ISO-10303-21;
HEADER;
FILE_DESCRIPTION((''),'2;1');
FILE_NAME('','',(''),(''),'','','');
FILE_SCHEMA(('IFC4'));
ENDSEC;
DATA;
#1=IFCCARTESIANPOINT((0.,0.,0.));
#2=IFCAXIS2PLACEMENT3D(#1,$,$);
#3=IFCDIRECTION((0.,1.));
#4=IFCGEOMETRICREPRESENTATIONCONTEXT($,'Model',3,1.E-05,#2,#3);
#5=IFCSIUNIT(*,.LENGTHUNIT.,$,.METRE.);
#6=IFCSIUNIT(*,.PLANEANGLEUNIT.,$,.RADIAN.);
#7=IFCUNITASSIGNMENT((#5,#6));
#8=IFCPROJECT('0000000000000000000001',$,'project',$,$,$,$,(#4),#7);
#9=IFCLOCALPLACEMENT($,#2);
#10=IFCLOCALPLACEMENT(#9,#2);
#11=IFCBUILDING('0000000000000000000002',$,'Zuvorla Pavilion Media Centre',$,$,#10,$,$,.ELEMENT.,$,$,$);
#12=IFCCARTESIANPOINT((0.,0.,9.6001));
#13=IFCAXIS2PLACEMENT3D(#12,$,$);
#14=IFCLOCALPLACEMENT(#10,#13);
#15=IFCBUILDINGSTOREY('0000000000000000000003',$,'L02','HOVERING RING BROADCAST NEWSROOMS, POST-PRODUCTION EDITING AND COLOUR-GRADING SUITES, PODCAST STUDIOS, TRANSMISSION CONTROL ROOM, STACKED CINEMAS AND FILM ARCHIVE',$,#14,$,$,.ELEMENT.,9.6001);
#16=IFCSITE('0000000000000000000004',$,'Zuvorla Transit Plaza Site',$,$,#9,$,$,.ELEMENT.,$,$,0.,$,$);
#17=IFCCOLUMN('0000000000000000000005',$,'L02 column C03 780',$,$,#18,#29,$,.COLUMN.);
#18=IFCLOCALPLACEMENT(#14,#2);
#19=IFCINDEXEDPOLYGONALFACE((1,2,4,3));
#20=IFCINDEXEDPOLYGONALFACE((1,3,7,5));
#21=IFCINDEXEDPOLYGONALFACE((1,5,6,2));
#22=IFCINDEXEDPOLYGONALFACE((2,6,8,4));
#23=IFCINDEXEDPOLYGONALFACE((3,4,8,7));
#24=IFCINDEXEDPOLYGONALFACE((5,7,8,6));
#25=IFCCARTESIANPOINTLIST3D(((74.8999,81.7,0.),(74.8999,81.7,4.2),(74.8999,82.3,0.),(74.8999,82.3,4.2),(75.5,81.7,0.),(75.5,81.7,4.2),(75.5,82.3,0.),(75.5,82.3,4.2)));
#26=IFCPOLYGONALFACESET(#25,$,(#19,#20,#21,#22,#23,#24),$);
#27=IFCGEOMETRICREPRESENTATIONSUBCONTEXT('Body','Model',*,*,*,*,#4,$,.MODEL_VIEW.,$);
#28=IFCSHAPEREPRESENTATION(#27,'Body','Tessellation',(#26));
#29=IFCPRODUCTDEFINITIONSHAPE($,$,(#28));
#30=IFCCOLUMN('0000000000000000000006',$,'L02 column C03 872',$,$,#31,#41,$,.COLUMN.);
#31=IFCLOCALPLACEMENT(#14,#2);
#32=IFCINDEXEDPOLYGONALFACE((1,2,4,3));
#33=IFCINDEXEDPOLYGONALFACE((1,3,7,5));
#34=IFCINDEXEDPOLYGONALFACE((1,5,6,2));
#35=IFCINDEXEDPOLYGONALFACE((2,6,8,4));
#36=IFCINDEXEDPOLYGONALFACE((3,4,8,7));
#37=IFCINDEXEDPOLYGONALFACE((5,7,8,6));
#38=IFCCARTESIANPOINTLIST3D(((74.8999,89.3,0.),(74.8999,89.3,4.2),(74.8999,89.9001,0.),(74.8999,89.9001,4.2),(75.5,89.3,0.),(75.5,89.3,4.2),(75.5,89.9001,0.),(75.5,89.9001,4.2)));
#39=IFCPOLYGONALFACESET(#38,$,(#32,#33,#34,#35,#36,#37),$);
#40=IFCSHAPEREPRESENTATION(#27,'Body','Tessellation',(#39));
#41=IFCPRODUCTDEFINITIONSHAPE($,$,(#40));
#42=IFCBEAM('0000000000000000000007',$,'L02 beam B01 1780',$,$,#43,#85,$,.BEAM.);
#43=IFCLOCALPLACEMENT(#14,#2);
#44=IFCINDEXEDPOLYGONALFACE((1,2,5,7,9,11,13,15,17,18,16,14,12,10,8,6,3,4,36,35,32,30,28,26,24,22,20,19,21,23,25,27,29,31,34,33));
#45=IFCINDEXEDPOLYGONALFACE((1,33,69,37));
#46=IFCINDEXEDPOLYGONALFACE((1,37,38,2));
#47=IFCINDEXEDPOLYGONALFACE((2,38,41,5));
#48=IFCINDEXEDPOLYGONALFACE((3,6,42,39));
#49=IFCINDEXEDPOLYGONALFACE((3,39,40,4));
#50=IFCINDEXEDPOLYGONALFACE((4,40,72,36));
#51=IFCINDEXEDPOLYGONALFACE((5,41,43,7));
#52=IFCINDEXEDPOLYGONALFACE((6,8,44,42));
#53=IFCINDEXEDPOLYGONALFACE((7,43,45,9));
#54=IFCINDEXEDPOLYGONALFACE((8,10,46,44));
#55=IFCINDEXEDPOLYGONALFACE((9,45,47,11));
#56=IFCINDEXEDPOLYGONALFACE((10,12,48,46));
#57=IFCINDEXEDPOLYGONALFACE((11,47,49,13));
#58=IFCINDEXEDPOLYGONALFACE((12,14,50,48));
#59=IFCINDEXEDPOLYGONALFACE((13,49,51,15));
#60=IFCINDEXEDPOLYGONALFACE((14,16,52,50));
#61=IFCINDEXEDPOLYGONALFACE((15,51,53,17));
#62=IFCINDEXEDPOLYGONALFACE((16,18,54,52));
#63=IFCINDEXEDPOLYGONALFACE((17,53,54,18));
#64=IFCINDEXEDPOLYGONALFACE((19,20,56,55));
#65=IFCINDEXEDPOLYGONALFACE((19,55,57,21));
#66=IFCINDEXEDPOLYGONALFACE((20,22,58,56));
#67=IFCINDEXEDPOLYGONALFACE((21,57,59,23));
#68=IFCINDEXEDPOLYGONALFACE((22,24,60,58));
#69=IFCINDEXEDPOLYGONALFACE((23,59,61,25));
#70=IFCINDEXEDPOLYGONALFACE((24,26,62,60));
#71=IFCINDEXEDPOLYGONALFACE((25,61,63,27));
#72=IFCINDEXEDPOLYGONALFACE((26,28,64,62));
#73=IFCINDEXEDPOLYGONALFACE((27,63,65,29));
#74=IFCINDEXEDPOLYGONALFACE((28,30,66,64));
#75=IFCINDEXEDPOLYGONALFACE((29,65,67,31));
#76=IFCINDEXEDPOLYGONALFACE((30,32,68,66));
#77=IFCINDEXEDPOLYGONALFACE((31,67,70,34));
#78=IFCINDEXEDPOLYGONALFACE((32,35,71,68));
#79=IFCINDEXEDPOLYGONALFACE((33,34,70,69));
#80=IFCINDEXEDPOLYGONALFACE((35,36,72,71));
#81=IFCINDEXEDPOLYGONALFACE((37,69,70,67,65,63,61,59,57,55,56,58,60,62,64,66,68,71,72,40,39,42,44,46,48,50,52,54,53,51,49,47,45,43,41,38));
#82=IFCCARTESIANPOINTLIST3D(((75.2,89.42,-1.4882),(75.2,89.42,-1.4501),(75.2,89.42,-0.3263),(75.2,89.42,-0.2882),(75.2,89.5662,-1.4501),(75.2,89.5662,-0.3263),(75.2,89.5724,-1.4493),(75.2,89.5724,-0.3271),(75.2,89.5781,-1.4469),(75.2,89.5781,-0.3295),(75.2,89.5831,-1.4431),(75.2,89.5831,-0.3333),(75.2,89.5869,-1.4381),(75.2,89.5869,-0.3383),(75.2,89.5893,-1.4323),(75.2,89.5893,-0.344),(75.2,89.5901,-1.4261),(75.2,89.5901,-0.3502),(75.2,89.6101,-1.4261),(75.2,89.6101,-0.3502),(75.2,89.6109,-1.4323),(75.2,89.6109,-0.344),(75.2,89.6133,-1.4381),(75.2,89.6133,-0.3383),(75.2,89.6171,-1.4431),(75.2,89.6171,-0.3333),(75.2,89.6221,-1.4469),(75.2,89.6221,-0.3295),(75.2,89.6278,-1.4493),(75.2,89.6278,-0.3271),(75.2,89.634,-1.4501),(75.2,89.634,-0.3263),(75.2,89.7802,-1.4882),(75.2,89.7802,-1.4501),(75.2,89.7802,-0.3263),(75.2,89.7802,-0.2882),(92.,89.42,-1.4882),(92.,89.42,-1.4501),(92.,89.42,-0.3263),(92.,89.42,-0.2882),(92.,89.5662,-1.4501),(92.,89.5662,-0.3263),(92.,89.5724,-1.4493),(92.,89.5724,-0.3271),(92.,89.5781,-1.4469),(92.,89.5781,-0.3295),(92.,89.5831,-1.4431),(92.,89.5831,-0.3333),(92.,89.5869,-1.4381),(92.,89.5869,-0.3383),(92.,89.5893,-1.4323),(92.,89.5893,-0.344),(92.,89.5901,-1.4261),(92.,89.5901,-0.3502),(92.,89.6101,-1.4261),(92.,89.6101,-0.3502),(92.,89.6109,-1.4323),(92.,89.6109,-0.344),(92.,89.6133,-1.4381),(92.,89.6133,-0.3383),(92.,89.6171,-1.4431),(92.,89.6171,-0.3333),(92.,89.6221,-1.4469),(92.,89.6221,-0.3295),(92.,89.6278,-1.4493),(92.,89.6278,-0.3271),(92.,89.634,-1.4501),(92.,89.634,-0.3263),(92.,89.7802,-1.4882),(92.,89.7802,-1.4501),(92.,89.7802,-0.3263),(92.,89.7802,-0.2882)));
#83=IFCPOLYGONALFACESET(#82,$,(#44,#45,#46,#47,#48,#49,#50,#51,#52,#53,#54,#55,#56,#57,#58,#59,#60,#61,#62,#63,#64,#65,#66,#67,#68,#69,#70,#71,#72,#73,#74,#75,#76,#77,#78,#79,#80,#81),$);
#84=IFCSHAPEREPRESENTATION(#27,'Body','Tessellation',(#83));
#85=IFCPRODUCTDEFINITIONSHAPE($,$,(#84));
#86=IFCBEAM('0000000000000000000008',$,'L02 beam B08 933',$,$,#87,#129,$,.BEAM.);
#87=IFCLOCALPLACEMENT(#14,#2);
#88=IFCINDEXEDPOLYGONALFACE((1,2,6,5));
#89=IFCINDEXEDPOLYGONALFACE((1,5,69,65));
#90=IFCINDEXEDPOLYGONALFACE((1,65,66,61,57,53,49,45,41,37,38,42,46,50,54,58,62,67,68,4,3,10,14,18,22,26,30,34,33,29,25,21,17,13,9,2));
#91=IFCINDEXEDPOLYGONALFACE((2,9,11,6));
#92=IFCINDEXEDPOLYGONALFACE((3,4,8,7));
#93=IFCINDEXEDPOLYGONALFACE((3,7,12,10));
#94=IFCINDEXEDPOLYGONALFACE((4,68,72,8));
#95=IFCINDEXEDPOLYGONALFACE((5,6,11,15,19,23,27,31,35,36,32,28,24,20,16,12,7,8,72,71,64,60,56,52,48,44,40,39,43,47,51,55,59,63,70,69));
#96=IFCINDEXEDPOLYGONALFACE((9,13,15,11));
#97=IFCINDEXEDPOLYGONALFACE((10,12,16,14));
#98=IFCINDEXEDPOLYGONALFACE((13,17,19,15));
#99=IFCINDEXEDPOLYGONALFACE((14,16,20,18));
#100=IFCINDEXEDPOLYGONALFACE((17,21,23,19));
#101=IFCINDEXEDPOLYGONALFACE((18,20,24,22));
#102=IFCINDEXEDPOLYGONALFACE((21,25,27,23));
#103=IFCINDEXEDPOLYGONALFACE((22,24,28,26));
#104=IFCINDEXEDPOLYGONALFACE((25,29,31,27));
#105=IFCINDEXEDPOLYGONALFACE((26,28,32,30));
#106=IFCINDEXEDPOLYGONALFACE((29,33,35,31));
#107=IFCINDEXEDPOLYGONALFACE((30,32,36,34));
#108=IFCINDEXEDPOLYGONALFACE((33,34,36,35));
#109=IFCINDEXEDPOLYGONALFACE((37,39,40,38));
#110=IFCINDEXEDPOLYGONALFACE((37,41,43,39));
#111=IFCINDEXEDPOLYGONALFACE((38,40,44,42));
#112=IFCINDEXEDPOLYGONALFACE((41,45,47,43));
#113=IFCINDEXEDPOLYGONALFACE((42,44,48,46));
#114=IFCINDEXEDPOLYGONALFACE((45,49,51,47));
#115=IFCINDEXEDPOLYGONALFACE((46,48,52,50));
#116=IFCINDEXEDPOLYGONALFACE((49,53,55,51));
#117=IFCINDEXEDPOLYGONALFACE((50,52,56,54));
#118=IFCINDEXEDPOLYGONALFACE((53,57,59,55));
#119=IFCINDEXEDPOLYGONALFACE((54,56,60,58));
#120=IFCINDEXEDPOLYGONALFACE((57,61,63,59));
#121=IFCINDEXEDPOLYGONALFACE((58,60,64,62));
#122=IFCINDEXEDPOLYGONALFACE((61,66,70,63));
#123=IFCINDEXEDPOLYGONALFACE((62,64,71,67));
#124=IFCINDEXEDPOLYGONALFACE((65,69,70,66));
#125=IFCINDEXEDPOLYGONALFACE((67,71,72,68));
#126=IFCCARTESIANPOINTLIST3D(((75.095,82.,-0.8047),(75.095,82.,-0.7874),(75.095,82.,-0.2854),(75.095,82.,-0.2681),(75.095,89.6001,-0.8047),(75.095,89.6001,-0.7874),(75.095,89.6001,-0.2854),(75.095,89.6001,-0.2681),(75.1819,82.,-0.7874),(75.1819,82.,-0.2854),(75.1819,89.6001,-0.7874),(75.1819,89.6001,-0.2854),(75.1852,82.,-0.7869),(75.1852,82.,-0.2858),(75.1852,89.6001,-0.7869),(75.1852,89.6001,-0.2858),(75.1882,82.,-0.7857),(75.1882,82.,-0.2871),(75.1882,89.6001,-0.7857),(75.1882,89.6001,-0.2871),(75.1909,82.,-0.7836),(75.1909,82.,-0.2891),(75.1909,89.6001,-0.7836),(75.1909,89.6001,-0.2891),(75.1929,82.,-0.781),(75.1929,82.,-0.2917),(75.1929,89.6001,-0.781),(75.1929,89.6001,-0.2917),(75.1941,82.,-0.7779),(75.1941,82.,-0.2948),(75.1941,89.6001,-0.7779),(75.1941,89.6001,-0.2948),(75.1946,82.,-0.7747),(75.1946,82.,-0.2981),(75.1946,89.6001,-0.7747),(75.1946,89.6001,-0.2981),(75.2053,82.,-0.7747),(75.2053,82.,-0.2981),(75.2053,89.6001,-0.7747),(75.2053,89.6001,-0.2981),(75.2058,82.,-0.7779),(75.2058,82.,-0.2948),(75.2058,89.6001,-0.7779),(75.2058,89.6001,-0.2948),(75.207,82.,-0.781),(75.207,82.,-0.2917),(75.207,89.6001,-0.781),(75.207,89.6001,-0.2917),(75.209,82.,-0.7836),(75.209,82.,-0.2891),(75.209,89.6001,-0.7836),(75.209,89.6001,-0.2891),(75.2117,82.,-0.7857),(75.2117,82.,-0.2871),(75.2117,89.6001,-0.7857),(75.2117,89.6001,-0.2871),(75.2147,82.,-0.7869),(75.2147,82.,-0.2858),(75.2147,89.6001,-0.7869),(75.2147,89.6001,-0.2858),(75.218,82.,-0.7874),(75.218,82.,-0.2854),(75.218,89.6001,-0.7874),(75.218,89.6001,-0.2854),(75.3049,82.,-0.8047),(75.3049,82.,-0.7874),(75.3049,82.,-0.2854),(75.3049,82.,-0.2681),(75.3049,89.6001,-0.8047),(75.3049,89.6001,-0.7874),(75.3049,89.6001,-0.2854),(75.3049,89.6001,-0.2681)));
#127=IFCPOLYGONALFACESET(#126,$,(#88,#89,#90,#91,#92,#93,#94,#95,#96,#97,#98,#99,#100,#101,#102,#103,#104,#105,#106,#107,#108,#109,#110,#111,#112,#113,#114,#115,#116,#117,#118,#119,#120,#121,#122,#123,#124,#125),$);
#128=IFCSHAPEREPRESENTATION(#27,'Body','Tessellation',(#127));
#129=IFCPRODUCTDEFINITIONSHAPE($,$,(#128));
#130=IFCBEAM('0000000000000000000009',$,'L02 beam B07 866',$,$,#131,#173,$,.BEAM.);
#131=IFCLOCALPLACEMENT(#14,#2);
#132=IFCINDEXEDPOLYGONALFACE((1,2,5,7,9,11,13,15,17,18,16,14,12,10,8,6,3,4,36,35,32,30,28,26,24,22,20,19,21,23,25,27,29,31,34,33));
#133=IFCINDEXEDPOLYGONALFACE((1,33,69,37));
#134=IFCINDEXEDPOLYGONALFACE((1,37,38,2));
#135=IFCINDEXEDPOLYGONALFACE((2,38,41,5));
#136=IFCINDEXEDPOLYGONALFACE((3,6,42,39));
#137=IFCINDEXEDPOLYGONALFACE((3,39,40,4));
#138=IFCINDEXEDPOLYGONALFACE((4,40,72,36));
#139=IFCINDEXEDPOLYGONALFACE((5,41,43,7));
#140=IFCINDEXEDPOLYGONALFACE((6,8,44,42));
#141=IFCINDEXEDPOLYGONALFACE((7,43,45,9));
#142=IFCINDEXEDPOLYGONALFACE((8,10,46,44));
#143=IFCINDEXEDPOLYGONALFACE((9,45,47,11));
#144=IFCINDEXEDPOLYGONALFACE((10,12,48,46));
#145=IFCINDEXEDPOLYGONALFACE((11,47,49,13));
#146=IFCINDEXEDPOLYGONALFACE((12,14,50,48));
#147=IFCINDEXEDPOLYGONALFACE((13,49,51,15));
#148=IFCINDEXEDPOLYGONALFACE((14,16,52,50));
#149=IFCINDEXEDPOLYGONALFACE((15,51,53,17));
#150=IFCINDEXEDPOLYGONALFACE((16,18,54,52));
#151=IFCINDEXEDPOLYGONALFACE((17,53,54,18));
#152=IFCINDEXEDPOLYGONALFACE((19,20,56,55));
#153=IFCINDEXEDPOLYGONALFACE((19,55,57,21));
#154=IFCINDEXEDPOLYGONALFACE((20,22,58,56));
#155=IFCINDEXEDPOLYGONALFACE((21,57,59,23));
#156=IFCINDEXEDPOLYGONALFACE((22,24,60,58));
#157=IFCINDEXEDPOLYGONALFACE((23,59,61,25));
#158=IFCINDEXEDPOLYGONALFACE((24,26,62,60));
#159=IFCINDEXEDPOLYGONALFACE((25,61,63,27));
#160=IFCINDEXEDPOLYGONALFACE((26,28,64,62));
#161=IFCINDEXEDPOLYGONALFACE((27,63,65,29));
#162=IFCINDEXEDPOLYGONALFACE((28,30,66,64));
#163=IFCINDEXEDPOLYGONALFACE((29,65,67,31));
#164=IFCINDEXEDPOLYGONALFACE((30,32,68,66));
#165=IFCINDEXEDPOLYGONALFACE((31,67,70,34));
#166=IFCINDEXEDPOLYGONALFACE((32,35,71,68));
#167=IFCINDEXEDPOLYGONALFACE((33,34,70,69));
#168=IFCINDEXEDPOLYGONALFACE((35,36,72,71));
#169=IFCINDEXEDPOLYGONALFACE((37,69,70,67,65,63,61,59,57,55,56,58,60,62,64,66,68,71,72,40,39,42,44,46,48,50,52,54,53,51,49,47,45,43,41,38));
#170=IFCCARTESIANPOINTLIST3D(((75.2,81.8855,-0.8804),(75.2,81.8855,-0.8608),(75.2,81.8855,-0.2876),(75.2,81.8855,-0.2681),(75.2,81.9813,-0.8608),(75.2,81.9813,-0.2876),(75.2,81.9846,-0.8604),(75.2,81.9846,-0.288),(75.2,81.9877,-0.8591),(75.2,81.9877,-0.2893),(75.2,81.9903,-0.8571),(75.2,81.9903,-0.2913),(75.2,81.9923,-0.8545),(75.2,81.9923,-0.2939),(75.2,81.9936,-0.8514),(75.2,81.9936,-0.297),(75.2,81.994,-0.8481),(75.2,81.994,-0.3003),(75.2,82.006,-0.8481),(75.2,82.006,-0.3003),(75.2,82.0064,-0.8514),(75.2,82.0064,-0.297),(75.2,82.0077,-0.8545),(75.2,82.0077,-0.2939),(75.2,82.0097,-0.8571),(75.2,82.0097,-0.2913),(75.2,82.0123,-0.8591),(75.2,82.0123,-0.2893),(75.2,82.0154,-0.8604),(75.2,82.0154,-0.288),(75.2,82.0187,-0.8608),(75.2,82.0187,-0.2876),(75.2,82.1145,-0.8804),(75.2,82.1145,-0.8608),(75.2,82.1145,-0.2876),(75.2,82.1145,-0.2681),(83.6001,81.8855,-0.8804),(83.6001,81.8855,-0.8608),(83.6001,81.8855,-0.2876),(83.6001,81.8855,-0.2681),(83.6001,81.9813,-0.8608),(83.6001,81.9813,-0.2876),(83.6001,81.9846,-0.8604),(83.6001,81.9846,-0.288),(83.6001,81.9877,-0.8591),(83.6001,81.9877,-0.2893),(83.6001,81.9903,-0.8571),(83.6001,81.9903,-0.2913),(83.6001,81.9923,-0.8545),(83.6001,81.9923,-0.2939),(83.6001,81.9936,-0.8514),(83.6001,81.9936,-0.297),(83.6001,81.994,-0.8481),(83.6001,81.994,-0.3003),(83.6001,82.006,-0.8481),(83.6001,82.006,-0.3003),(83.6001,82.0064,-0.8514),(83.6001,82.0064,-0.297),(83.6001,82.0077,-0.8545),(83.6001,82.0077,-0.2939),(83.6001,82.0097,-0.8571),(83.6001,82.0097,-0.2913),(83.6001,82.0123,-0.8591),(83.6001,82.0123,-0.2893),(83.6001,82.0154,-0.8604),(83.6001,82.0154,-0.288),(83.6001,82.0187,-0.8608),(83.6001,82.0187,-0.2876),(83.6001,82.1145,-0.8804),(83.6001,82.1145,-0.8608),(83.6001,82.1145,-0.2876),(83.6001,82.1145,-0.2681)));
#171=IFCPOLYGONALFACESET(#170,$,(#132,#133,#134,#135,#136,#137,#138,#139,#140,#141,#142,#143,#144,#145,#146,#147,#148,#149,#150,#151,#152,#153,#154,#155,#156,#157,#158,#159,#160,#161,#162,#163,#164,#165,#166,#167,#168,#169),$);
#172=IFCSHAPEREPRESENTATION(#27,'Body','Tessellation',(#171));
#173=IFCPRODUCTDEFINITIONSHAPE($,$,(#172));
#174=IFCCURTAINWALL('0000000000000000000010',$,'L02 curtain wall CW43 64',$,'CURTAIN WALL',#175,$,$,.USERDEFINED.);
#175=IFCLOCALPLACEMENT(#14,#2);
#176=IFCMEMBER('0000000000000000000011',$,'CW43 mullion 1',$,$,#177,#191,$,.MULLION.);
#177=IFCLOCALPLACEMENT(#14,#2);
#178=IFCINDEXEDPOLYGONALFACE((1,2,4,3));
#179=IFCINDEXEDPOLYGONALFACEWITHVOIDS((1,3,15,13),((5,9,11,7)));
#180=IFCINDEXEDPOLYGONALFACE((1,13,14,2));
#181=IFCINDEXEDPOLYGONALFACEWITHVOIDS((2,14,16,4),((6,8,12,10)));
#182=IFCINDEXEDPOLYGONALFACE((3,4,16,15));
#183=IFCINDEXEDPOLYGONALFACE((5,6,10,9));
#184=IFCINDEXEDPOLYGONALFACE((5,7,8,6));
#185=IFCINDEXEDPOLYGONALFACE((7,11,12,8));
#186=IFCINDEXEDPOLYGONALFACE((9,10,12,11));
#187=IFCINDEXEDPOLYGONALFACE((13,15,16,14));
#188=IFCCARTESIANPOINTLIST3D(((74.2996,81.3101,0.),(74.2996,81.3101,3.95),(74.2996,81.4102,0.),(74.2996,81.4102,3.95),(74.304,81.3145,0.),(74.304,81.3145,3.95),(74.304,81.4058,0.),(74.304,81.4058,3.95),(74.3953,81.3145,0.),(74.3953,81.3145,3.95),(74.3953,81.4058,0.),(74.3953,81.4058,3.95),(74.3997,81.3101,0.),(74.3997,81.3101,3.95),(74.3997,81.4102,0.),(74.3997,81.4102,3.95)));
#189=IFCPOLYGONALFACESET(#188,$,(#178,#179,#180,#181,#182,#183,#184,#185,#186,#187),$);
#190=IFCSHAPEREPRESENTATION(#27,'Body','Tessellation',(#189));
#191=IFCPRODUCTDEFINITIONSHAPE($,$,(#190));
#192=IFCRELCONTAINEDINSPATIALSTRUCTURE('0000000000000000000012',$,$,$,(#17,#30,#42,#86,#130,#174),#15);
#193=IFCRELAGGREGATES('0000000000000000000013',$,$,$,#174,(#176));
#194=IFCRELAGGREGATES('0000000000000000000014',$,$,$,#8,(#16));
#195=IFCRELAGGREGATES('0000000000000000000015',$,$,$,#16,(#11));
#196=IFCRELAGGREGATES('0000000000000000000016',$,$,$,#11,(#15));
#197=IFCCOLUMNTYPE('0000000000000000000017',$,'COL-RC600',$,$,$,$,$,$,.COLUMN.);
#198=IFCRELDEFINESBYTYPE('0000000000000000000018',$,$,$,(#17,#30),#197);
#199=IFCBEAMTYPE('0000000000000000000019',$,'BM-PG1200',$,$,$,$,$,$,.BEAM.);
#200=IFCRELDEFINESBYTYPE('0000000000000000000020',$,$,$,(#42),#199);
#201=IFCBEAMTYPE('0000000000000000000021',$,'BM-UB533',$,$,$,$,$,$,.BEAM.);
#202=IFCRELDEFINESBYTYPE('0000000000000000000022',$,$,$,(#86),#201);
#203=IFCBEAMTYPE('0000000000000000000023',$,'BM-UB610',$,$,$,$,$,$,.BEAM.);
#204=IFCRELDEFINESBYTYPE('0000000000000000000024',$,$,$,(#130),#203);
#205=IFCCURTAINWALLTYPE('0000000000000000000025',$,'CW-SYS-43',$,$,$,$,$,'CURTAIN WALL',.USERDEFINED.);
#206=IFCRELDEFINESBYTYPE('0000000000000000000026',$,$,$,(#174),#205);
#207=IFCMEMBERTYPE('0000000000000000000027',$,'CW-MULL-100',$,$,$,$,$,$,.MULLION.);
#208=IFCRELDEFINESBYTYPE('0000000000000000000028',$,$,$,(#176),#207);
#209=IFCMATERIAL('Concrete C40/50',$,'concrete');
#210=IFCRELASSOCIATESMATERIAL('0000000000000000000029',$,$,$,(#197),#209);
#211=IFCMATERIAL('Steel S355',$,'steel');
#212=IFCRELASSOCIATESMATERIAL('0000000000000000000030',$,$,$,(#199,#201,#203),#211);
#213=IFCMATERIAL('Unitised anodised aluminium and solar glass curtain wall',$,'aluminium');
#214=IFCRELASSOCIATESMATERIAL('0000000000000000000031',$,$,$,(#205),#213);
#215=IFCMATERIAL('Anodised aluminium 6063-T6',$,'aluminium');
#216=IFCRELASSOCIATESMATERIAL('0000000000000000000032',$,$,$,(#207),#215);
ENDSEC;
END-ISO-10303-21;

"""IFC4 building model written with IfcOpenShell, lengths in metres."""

from ifc_helpers import new_model, si_unit, direction, frame, origin, origin_2d, place, context, subcontext, project, spatial, rectangle, hollow_rectangle, i_section, extrude, material, material_profile, profile_set, type_object, element, aggregate, save


model = new_model("IFC4")

# Units and contexts
model_context = context("Model", 3, precision=1e-05, world=origin(), true_north=direction((0.0, 1.0)))
body_context = subcontext(model_context, "Body", "Model", "MODEL_VIEW")
ifc_project = project(units=[si_unit("LENGTHUNIT", "METRE"), si_unit("PLANEANGLEUNIT", "RADIAN")], contexts=[model_context])

# Site, building, storey
site_placement = place(None, origin())
site = spatial("IfcSite", under=ifc_project, at=site_placement, Name="Zuvorla Transit Plaza Site", CompositionType="ELEMENT", RefElevation=0.0)
building_placement = place(site_placement, origin())
building = spatial("IfcBuilding", under=site, at=building_placement, Name="Zuvorla Pavilion Media Centre", CompositionType="ELEMENT")
storey_placement = place(building_placement, frame((0.0, 0.0, 9.6001)))
storey = spatial("IfcBuildingStorey", under=building, at=storey_placement, Name="L02", Description="HOVERING RING BROADCAST NEWSROOMS, POST-PRODUCTION EDITING AND COLOUR-GRADING SUITES, PODCAST STUDIOS, TRANSMISSION CONTROL ROOM, STACKED CINEMAS AND FILM ARCHIVE", CompositionType="ELEMENT", Elevation=9.6001)

# Columns
ifc_material_1 = material(Name="Concrete C40/50", Category="concrete")
ifc_material_profile_1 = material_profile(ifc_material_1, rectangle(XDim=0.6001, YDim=0.6001, at=origin_2d()), Name="RC 600x600")
ifc_profile_set_1 = profile_set([ifc_material_profile_1], Name="Concrete C40/50")
column_type = type_object("IfcColumnType", Name="COL-RC600", PredefinedType="COLUMN", material=ifc_profile_set_1)
for number, where, z_axis, x_axis, name in (
    (1, (75.2, 82.0, 0.0), (0.0, 0.0, 1.0), (1.0, 0.0, 0.0), "L02 column C03 780"),
    (2, (75.2, 89.6001, 0.0), (0.0, 0.0, 1.0), (1.0, 0.0, 0.0), "L02 column C03 872"),
):
    element("IfcColumn", number, at=place(storey_placement, frame(where, z_axis=z_axis, x_axis=x_axis)), inside=storey, type_object=column_type, Name=name, PredefinedType="COLUMN", context=body_context, shape_type="SweptSolid", body=[
        extrude(rectangle(XDim=0.6001, YDim=0.6001, at=origin_2d()), origin(), (0.0, 0.0, 1.0), 4.2),
    ])

# Beams
ifc_material_2 = material(Name="Steel S355", Category="steel")
ifc_material_profile_2 = material_profile(ifc_material_2, i_section(OverallWidth=0.3601, OverallDepth=1.2, WebThickness=0.02, FlangeThickness=0.0381, FilletRadius=0.0239, at=origin_2d()), Name="PG 1200x360x38")
ifc_profile_set_2 = profile_set([ifc_material_profile_2], Name="Steel S355")
beam_type_1 = type_object("IfcBeamType", Name="BM-PG1200", PredefinedType="BEAM", material=ifc_profile_set_2)
beam_1_placement = place(storey_placement, frame((75.2, 89.6001, -0.8882), z_axis=(1.0, 0.0, 0.0), x_axis=(0.0, 1.0, 0.0)))
element("IfcBeam", 3, at=beam_1_placement, inside=storey, type_object=beam_type_1, Name="L02 beam B01 1780", PredefinedType="BEAM", context=body_context, shape_type="SweptSolid", body=[
    extrude(i_section(OverallWidth=0.3601, OverallDepth=1.2, WebThickness=0.02, FlangeThickness=0.0381, FilletRadius=0.0239, at=origin_2d()), origin(), (0.0, 0.0, 1.0), 16.8),
])
ifc_material_profile_3 = material_profile(ifc_material_2, i_section(OverallWidth=0.21, OverallDepth=0.5366, WebThickness=0.0107, FlangeThickness=0.0173, FilletRadius=0.0127, at=origin_2d()), Name="UB 533x210x101")
ifc_profile_set_3 = profile_set([ifc_material_profile_3], Name="Steel S355")
beam_type_2 = type_object("IfcBeamType", Name="BM-UB533", PredefinedType="BEAM", material=ifc_profile_set_3)
beam_2_placement = place(storey_placement, frame((75.2, 82.0, -0.5364), z_axis=(0.0, 1.0, 0.0), x_axis=(-1.0, 0.0, 0.0)))
element("IfcBeam", 4, at=beam_2_placement, inside=storey, type_object=beam_type_2, Name="L02 beam B08 933", PredefinedType="BEAM", context=body_context, shape_type="SweptSolid", body=[
    extrude(i_section(OverallWidth=0.21, OverallDepth=0.5366, WebThickness=0.0107, FlangeThickness=0.0173, FilletRadius=0.0127, at=origin_2d()), origin(), (0.0, 0.0, 1.0), 7.6001),
])
ifc_material_profile_4 = material_profile(ifc_material_2, i_section(OverallWidth=0.229, OverallDepth=0.6123, WebThickness=0.012, FlangeThickness=0.0195, FilletRadius=0.0127, at=origin_2d()), Name="UB 610x229x125")
ifc_profile_set_4 = profile_set([ifc_material_profile_4], Name="Steel S355")
beam_type_3 = type_object("IfcBeamType", Name="BM-UB610", PredefinedType="BEAM", material=ifc_profile_set_4)
beam_3_placement = place(storey_placement, frame((75.2, 82.0, -0.5742), z_axis=(1.0, 0.0, 0.0), x_axis=(0.0, 1.0, 0.0)))
element("IfcBeam", 5, at=beam_3_placement, inside=storey, type_object=beam_type_3, Name="L02 beam B07 866", PredefinedType="BEAM", context=body_context, shape_type="SweptSolid", body=[
    extrude(i_section(OverallWidth=0.229, OverallDepth=0.6123, WebThickness=0.012, FlangeThickness=0.0195, FilletRadius=0.0127, at=origin_2d()), origin(), (0.0, 0.0, 1.0), 8.4001),
])

# Curtain wall, member
ifc_material_3 = material(Name="Unitised anodised aluminium and solar glass curtain wall", Category="aluminium")
curtain_wall_type_1 = type_object("IfcCurtainWallType", Name="CW-SYS-43", ElementType="CURTAIN WALL", PredefinedType="USERDEFINED", material=ifc_material_3)
curtain_wall_1_placement = place(storey_placement, origin())
curtain_wall_1 = element("IfcCurtainWall", 6, at=curtain_wall_1_placement, inside=storey, type_object=curtain_wall_type_1, Name="L02 curtain wall CW43 64", ObjectType="CURTAIN WALL", PredefinedType="USERDEFINED")
ifc_material_4 = material(Name="Anodised aluminium 6063-T6", Category="aluminium")
ifc_material_profile_5 = material_profile(ifc_material_4, hollow_rectangle(XDim=0.1001, YDim=0.1001, WallThickness=0.0044, at=origin_2d()), Name="ALU MULL 100x100")
ifc_profile_set_5 = profile_set([ifc_material_profile_5], Name="Anodised aluminium 6063-T6")
member_type_1 = type_object("IfcMemberType", Name="CW-MULL-100", PredefinedType="MULLION", material=ifc_profile_set_5)
member_1_placement = place(storey_placement, frame((74.3496, 81.3601, 0.0), z_axis=(0.0, 0.0, 1.0), x_axis=(1.0, 0.0, 0.0)))
member_1 = element("IfcMember", 7, at=member_1_placement, type_object=member_type_1, Name="CW43 mullion 1", PredefinedType="MULLION", context=body_context, shape_type="SweptSolid", body=[
    extrude(hollow_rectangle(XDim=0.1001, YDim=0.1001, WallThickness=0.0044, at=origin_2d()), origin(), (0.0, 0.0, 1.0), 3.95),
])

aggregate(curtain_wall_1, [member_1])

save(model, "model.ifc")
